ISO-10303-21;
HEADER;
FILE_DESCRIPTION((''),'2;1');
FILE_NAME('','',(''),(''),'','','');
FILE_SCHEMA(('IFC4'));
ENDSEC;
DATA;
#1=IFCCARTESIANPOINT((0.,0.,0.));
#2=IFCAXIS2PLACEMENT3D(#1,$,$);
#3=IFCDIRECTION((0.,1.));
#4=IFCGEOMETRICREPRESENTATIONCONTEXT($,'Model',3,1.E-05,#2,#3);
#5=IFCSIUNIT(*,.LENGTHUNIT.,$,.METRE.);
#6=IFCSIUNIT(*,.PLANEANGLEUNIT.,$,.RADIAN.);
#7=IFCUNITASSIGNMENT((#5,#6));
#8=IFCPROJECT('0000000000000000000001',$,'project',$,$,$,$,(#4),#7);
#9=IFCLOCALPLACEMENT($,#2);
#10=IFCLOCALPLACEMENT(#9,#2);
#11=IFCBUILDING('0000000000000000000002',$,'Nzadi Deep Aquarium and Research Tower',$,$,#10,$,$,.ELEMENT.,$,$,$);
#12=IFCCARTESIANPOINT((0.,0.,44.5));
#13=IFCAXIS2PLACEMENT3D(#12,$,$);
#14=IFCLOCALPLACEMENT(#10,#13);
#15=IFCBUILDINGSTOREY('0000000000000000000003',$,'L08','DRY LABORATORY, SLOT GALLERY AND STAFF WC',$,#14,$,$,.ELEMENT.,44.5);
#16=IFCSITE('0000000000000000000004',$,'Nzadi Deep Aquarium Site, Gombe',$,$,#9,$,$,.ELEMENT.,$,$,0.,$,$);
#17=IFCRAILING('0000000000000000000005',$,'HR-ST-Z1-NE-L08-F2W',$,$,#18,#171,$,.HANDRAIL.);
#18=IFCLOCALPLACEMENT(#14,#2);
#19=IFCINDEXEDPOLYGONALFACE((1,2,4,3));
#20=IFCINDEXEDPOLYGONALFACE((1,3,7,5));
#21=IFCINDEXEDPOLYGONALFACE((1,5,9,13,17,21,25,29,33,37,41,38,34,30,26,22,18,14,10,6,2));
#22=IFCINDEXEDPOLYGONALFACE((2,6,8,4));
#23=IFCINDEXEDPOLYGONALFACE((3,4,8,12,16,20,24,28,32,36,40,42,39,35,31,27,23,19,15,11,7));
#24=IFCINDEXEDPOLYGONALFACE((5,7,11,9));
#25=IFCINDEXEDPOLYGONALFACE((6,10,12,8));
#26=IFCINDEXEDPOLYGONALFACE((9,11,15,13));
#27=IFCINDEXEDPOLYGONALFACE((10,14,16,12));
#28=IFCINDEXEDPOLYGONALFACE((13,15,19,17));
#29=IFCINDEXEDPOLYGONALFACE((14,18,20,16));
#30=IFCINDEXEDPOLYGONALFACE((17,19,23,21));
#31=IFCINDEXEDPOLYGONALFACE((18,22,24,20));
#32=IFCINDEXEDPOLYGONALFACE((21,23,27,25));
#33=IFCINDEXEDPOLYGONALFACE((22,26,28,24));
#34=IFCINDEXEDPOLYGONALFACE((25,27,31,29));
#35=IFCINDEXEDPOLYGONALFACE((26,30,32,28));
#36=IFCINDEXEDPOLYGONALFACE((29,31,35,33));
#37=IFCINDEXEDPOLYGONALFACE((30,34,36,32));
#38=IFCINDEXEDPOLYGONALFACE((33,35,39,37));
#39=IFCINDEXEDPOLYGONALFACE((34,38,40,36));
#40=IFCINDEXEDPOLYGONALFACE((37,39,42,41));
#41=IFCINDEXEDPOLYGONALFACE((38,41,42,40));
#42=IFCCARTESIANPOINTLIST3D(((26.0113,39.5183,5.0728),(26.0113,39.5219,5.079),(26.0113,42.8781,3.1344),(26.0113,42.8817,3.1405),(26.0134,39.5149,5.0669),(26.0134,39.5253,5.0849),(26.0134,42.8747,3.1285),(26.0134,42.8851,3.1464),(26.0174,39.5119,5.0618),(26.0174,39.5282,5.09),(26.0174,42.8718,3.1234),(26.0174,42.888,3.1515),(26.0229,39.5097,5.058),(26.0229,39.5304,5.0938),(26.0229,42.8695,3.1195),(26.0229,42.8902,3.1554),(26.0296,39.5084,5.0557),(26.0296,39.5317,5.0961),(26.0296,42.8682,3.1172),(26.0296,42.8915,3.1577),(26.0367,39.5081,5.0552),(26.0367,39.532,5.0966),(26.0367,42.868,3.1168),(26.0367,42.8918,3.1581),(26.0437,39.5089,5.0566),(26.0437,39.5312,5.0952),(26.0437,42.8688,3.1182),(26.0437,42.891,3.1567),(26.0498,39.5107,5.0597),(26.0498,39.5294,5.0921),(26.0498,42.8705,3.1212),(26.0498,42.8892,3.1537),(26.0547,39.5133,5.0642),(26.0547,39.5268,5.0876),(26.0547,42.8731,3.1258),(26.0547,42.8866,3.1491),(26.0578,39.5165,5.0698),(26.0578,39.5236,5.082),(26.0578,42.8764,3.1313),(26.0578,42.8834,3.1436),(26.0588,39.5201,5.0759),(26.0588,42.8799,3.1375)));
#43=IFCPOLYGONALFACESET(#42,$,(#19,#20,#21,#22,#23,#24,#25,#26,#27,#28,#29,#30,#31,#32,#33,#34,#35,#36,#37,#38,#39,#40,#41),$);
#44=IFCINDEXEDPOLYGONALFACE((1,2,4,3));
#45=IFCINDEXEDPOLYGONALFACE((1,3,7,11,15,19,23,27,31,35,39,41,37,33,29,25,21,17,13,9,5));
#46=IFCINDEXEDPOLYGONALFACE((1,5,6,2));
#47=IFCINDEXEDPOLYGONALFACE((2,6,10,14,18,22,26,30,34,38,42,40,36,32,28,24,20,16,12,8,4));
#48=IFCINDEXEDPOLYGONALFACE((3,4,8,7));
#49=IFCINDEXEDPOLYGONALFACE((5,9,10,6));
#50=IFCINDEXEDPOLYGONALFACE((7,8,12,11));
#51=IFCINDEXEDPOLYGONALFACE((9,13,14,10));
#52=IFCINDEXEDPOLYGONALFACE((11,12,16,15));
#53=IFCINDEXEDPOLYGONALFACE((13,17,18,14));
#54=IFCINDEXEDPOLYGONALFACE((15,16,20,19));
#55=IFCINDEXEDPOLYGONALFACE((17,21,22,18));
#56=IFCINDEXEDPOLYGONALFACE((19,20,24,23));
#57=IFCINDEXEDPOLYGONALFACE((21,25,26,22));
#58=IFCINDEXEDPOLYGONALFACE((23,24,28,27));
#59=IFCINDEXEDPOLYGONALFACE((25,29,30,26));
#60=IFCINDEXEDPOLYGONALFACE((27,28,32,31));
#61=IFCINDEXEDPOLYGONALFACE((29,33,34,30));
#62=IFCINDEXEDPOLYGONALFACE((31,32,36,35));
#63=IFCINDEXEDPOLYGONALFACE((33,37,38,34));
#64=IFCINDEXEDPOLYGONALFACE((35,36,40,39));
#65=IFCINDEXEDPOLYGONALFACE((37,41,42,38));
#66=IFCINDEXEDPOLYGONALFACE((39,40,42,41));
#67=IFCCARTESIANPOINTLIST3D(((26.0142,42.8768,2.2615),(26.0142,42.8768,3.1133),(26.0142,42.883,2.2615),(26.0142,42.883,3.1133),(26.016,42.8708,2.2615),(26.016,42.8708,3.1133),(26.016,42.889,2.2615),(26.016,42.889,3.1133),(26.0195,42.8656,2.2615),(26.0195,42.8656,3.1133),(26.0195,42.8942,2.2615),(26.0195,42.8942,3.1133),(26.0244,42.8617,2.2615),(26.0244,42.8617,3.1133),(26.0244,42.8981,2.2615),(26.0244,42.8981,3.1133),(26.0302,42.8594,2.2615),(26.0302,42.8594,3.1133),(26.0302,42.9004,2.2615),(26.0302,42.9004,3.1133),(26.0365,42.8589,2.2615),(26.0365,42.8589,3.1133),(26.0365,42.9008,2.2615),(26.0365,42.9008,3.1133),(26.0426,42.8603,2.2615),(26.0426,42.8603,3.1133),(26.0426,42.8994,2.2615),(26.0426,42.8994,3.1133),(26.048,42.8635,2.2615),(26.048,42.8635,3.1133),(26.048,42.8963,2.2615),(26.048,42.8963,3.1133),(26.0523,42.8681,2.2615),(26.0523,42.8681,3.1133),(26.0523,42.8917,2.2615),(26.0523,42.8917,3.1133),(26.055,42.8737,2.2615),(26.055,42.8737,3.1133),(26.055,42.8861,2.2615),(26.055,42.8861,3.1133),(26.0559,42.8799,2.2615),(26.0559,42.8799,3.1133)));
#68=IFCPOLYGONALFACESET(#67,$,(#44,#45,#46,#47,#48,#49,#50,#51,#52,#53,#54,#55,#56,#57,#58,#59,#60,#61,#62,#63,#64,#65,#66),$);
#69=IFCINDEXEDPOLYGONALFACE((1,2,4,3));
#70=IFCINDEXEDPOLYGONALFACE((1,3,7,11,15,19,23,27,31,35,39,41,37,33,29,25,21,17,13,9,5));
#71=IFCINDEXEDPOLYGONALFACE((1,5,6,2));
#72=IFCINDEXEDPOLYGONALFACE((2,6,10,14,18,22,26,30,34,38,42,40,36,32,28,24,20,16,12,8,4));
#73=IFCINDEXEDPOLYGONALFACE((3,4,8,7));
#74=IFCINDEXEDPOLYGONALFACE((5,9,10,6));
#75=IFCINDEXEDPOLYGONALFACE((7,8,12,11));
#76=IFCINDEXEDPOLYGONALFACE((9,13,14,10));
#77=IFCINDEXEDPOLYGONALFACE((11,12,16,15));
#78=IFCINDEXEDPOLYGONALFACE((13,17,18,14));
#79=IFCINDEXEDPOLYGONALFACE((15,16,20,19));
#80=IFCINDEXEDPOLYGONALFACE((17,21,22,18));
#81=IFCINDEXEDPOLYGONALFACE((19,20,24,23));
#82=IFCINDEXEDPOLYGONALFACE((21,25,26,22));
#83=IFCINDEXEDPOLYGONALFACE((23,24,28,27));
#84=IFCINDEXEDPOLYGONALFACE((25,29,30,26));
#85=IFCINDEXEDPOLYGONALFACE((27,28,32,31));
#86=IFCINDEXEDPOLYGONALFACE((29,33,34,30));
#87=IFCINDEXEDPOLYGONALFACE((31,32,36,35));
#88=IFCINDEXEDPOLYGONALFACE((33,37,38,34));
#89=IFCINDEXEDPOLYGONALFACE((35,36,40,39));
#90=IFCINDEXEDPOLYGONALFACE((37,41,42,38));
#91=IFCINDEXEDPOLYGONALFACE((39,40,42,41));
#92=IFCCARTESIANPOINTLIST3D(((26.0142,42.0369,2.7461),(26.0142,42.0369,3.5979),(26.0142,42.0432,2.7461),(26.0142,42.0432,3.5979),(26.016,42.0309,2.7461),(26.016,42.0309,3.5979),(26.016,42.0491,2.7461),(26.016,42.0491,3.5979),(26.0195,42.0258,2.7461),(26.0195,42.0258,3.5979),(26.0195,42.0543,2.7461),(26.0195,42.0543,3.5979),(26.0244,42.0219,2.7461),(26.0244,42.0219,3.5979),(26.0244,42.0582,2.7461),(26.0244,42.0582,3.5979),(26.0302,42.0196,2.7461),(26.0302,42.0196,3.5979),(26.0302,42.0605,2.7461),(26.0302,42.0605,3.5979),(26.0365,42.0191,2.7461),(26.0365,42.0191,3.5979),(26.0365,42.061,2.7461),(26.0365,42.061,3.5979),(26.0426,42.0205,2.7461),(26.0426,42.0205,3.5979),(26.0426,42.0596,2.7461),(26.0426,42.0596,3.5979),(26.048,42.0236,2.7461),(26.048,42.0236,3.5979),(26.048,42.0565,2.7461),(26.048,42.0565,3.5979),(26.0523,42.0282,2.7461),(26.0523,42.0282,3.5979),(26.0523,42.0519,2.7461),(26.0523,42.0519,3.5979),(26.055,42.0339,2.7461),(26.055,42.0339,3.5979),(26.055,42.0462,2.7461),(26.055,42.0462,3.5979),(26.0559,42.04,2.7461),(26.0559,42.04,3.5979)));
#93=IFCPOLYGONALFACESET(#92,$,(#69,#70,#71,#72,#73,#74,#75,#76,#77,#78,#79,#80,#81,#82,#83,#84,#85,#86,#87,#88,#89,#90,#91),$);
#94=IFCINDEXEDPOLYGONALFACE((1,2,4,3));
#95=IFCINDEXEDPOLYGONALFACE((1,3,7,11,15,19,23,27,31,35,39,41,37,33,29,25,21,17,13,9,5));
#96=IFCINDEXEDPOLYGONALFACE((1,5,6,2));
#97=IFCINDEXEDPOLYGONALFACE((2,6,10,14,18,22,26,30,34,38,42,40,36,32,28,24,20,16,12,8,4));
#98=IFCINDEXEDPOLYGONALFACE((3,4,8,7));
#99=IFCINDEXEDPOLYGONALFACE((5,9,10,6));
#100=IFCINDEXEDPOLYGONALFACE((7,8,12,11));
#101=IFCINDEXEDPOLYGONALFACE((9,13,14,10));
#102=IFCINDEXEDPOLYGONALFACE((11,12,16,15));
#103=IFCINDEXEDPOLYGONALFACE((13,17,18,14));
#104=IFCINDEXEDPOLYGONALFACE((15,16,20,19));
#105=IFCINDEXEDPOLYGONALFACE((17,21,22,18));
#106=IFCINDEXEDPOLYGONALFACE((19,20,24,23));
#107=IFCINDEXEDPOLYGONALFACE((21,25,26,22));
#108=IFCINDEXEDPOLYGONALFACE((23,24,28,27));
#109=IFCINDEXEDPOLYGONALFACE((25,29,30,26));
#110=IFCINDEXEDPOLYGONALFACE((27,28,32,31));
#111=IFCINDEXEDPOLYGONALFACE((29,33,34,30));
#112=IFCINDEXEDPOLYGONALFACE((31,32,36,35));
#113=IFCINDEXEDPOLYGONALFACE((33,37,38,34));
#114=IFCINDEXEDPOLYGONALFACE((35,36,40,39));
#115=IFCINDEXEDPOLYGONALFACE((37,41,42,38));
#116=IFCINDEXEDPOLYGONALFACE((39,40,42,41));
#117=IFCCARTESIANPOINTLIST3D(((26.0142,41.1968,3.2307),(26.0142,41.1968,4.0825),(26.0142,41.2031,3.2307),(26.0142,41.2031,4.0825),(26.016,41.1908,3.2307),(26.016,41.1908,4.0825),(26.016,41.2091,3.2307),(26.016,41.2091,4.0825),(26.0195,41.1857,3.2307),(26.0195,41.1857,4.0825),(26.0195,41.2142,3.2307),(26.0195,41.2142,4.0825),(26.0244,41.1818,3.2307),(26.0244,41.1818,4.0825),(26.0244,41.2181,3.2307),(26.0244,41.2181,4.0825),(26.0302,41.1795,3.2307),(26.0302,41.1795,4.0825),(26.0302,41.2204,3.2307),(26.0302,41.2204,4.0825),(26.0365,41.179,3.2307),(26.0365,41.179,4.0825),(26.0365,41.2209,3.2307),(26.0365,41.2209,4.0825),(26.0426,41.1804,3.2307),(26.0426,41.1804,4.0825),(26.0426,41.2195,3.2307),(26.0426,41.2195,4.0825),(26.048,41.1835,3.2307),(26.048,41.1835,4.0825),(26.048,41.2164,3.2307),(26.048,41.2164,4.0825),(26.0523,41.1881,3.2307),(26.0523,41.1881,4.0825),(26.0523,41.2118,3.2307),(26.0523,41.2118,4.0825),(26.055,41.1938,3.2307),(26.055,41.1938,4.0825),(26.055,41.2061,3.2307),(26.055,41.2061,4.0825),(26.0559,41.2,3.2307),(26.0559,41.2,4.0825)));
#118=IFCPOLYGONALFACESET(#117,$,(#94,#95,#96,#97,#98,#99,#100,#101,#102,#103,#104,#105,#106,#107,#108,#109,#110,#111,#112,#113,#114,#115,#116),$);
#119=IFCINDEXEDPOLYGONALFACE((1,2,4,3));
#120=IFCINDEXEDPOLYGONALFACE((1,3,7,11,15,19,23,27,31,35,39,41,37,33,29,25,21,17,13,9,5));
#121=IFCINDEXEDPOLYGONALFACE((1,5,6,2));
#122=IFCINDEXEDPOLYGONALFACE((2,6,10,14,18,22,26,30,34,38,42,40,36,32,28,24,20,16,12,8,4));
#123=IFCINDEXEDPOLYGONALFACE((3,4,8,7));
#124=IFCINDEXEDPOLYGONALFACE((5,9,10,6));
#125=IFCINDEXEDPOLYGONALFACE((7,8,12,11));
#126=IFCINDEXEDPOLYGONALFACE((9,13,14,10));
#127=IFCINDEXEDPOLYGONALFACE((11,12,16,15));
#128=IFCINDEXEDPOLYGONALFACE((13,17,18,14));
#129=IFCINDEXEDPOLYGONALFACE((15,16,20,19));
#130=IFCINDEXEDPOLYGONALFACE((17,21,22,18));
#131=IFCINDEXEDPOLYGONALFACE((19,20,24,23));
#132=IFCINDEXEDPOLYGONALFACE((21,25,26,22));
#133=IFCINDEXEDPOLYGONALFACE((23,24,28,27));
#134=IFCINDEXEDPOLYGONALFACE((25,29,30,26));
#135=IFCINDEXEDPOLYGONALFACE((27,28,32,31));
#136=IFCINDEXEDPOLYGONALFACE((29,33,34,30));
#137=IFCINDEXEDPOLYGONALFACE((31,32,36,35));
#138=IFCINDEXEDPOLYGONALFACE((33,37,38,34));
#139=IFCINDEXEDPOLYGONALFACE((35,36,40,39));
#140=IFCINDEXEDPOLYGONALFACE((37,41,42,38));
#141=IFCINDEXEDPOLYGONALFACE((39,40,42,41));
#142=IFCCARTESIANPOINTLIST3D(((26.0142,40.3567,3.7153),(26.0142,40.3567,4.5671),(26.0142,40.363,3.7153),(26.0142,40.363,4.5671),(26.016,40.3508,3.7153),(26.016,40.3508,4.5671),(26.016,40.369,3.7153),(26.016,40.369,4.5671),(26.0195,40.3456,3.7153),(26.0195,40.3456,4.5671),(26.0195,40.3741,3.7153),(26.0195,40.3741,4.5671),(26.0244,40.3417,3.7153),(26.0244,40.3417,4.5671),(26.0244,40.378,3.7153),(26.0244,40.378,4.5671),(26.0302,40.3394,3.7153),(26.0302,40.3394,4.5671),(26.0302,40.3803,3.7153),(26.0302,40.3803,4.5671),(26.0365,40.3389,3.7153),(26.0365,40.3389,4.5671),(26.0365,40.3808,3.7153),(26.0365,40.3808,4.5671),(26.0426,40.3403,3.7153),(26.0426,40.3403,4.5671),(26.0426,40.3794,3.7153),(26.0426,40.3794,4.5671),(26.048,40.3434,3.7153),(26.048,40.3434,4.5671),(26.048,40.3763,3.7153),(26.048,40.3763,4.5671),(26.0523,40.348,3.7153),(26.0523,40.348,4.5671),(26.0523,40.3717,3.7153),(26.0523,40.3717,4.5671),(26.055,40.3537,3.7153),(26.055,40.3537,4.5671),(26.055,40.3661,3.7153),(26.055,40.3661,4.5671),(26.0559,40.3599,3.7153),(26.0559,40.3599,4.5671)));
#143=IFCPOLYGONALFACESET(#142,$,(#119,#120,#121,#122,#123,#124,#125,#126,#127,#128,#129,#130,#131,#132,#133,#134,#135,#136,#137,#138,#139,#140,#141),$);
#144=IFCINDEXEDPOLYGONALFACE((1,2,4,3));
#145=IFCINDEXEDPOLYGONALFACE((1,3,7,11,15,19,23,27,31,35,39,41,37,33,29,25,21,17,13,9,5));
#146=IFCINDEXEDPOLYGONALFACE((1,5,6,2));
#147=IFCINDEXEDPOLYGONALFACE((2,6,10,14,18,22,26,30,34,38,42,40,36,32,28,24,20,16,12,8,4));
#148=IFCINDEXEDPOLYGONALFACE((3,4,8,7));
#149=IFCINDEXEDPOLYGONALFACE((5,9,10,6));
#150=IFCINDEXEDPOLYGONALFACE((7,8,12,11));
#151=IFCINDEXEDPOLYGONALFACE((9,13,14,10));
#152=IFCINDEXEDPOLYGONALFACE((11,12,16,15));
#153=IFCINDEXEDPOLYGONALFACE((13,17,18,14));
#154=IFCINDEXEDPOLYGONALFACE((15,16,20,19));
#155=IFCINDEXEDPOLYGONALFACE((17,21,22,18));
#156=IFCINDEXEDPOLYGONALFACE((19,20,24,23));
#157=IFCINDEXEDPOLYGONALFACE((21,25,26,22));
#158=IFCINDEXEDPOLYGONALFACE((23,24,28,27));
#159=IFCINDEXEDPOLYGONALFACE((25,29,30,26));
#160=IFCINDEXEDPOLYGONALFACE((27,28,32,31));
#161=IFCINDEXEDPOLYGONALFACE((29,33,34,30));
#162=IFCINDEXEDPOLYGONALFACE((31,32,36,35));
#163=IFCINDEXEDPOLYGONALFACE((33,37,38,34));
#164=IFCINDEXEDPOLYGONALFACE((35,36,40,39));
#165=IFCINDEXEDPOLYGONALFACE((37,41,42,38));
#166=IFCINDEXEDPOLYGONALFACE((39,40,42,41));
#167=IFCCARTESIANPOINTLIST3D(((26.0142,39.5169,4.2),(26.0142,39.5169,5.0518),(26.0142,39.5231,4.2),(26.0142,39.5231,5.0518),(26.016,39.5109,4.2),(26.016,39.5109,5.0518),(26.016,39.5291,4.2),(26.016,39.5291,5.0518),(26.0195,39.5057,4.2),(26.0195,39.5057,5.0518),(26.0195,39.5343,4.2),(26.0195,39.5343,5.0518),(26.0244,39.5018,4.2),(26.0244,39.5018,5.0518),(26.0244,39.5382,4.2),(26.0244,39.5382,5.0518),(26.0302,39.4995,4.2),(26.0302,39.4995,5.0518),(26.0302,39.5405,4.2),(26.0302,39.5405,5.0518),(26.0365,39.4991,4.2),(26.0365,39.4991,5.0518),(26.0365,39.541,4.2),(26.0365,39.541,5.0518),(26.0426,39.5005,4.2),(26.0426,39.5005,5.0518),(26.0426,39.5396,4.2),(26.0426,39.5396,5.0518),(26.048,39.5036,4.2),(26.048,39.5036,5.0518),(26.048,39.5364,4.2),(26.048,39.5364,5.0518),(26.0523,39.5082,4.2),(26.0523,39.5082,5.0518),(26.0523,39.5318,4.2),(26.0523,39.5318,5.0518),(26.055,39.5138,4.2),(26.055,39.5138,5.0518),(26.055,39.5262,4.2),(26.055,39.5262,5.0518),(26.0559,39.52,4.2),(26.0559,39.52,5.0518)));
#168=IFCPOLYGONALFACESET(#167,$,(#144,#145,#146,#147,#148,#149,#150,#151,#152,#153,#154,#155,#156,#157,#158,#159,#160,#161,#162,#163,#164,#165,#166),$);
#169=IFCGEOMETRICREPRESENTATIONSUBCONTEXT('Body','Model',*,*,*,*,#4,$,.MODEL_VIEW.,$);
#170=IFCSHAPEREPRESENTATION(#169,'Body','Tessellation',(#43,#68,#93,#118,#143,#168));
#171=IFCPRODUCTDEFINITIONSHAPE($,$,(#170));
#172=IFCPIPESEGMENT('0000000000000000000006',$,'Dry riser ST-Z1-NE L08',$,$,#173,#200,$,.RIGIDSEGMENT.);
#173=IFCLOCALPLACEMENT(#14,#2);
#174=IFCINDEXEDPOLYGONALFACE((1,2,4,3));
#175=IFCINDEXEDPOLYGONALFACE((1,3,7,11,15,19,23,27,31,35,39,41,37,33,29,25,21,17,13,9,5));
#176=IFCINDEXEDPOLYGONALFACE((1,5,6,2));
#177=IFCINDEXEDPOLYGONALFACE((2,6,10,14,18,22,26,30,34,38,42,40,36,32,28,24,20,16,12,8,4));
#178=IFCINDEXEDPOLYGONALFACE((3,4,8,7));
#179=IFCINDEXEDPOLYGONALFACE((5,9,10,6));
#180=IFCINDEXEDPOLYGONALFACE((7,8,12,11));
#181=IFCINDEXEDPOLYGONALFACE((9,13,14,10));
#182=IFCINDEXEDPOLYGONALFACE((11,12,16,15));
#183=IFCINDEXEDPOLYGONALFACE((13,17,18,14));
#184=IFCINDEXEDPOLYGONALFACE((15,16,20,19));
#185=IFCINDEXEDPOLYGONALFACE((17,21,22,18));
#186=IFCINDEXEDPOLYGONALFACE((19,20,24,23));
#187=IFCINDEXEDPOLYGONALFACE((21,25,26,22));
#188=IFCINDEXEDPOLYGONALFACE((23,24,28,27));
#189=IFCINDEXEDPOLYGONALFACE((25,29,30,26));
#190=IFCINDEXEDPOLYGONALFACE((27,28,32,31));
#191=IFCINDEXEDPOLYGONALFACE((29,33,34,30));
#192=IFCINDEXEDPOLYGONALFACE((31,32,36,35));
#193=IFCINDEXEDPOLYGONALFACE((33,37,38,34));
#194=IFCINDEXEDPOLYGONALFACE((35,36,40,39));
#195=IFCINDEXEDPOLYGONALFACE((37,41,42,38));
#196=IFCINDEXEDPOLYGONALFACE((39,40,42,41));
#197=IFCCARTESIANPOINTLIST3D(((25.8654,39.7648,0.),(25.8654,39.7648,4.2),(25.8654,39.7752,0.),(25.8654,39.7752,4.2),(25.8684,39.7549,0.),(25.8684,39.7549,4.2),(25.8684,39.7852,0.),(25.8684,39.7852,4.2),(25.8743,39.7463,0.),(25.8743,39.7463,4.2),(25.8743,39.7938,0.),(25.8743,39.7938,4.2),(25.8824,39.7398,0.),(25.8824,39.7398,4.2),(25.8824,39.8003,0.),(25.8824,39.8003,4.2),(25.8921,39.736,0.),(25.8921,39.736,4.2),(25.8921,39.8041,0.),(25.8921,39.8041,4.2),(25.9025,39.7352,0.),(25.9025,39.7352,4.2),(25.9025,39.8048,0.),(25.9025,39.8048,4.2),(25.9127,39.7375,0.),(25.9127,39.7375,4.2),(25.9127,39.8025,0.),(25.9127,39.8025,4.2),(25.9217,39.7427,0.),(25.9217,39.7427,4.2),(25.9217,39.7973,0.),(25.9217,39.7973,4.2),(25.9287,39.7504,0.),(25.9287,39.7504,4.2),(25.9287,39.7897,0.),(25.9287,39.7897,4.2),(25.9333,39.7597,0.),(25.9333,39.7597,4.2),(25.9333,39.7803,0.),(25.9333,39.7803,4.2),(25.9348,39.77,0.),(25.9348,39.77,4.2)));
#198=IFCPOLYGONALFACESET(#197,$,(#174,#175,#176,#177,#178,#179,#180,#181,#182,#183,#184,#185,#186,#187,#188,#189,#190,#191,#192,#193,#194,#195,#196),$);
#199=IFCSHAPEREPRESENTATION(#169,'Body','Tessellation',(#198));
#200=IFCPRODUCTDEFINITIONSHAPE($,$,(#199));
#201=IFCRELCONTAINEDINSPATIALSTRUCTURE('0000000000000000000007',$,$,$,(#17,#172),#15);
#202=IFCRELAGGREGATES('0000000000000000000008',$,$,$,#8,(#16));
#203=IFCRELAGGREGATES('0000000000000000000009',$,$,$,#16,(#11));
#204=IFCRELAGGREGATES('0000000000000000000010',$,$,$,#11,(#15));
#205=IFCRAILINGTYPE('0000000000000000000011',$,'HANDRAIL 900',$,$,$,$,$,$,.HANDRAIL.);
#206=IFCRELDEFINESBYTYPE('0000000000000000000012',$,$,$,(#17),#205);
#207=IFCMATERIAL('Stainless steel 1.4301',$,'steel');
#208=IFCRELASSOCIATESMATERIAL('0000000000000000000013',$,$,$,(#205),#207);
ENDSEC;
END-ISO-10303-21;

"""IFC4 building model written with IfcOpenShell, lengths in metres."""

from ifc_helpers import new_model, si_unit, direction, frame, origin, origin_2d, place, context, subcontext, project, spatial, circle, extrude, material, type_object, element, save


model = new_model("IFC4")

# Units and contexts
model_context = context("Model", 3, precision=1e-05, world=origin(), true_north=direction((0.0, 1.0)))
body_context = subcontext(model_context, "Body", "Model", "MODEL_VIEW")
ifc_project = project(units=[si_unit("LENGTHUNIT", "METRE"), si_unit("PLANEANGLEUNIT", "RADIAN")], contexts=[model_context])

# Site, building, storey
site_placement = place(None, origin())
site = spatial("IfcSite", under=ifc_project, at=site_placement, Name="Nzadi Deep Aquarium Site, Gombe", CompositionType="ELEMENT", RefElevation=0.0)
building_placement = place(site_placement, origin())
building = spatial("IfcBuilding", under=site, at=building_placement, Name="Nzadi Deep Aquarium and Research Tower", CompositionType="ELEMENT")
storey_placement = place(building_placement, frame((0.0, 0.0, 44.5)))
storey = spatial("IfcBuildingStorey", under=building, at=storey_placement, Name="L08", Description="DRY LABORATORY, SLOT GALLERY AND STAFF WC", CompositionType="ELEMENT", Elevation=44.5)

# Railing
ifc_material_1 = material(Name="Stainless steel 1.4301", Category="steel")
railing_type = type_object("IfcRailingType", Name="HANDRAIL 900", PredefinedType="HANDRAIL", material=ifc_material_1)
for number, where, name in (
    (1, (26.0349, 42.8799, 2.2615), "HR-ST-Z1-NE-L08-F2W"),
):
    element("IfcRailing", number, at=place(storey_placement, frame(where)), inside=storey, type_object=railing_type, Name=name, PredefinedType="HANDRAIL", context=body_context, shape_type="SweptSolid", body=[
        extrude(circle(Radius=0.0239, at=origin_2d()), frame((0.0, 0.0, 0.876), z_axis=(0.0, -0.866175, 0.499741), x_axis=(1.0, 0.0, 0.0)), (0.0, 0.0, 1.0), 3.8789),
        extrude(circle(Radius=0.021, at=origin_2d()), origin(), (0.0, 0.0, 1.0), 0.8518),
        extrude(circle(Radius=0.021, at=origin_2d()), frame((0.0, -0.8398, 0.4846)), (0.0, 0.0, 1.0), 0.8518),
        extrude(circle(Radius=0.021, at=origin_2d()), frame((0.0, -1.6799, 0.9692)), (0.0, 0.0, 1.0), 0.8518),
        extrude(circle(Radius=0.021, at=origin_2d()), frame((0.0, -2.52, 1.4539)), (0.0, 0.0, 1.0), 0.8518),
        extrude(circle(Radius=0.021, at=origin_2d()), frame((0.0, -3.3599, 1.9385)), (0.0, 0.0, 1.0), 0.8518),
    ])

# Pipe segment
pipe_segment_placement = place(storey_placement, frame((25.8999, 39.77, 0.0), z_axis=(0.0, 0.0, 1.0), x_axis=(1.0, 0.0, 0.0)))
element("IfcPipeSegment", 2, at=pipe_segment_placement, inside=storey, Name="Dry riser ST-Z1-NE L08", PredefinedType="RIGIDSEGMENT", context=body_context, shape_type="SweptSolid", body=[
    extrude(circle(Radius=0.0349, at=origin_2d()), origin(), (0.0, 0.0, 1.0), 4.2),
])

save(model, "model.ifc")
